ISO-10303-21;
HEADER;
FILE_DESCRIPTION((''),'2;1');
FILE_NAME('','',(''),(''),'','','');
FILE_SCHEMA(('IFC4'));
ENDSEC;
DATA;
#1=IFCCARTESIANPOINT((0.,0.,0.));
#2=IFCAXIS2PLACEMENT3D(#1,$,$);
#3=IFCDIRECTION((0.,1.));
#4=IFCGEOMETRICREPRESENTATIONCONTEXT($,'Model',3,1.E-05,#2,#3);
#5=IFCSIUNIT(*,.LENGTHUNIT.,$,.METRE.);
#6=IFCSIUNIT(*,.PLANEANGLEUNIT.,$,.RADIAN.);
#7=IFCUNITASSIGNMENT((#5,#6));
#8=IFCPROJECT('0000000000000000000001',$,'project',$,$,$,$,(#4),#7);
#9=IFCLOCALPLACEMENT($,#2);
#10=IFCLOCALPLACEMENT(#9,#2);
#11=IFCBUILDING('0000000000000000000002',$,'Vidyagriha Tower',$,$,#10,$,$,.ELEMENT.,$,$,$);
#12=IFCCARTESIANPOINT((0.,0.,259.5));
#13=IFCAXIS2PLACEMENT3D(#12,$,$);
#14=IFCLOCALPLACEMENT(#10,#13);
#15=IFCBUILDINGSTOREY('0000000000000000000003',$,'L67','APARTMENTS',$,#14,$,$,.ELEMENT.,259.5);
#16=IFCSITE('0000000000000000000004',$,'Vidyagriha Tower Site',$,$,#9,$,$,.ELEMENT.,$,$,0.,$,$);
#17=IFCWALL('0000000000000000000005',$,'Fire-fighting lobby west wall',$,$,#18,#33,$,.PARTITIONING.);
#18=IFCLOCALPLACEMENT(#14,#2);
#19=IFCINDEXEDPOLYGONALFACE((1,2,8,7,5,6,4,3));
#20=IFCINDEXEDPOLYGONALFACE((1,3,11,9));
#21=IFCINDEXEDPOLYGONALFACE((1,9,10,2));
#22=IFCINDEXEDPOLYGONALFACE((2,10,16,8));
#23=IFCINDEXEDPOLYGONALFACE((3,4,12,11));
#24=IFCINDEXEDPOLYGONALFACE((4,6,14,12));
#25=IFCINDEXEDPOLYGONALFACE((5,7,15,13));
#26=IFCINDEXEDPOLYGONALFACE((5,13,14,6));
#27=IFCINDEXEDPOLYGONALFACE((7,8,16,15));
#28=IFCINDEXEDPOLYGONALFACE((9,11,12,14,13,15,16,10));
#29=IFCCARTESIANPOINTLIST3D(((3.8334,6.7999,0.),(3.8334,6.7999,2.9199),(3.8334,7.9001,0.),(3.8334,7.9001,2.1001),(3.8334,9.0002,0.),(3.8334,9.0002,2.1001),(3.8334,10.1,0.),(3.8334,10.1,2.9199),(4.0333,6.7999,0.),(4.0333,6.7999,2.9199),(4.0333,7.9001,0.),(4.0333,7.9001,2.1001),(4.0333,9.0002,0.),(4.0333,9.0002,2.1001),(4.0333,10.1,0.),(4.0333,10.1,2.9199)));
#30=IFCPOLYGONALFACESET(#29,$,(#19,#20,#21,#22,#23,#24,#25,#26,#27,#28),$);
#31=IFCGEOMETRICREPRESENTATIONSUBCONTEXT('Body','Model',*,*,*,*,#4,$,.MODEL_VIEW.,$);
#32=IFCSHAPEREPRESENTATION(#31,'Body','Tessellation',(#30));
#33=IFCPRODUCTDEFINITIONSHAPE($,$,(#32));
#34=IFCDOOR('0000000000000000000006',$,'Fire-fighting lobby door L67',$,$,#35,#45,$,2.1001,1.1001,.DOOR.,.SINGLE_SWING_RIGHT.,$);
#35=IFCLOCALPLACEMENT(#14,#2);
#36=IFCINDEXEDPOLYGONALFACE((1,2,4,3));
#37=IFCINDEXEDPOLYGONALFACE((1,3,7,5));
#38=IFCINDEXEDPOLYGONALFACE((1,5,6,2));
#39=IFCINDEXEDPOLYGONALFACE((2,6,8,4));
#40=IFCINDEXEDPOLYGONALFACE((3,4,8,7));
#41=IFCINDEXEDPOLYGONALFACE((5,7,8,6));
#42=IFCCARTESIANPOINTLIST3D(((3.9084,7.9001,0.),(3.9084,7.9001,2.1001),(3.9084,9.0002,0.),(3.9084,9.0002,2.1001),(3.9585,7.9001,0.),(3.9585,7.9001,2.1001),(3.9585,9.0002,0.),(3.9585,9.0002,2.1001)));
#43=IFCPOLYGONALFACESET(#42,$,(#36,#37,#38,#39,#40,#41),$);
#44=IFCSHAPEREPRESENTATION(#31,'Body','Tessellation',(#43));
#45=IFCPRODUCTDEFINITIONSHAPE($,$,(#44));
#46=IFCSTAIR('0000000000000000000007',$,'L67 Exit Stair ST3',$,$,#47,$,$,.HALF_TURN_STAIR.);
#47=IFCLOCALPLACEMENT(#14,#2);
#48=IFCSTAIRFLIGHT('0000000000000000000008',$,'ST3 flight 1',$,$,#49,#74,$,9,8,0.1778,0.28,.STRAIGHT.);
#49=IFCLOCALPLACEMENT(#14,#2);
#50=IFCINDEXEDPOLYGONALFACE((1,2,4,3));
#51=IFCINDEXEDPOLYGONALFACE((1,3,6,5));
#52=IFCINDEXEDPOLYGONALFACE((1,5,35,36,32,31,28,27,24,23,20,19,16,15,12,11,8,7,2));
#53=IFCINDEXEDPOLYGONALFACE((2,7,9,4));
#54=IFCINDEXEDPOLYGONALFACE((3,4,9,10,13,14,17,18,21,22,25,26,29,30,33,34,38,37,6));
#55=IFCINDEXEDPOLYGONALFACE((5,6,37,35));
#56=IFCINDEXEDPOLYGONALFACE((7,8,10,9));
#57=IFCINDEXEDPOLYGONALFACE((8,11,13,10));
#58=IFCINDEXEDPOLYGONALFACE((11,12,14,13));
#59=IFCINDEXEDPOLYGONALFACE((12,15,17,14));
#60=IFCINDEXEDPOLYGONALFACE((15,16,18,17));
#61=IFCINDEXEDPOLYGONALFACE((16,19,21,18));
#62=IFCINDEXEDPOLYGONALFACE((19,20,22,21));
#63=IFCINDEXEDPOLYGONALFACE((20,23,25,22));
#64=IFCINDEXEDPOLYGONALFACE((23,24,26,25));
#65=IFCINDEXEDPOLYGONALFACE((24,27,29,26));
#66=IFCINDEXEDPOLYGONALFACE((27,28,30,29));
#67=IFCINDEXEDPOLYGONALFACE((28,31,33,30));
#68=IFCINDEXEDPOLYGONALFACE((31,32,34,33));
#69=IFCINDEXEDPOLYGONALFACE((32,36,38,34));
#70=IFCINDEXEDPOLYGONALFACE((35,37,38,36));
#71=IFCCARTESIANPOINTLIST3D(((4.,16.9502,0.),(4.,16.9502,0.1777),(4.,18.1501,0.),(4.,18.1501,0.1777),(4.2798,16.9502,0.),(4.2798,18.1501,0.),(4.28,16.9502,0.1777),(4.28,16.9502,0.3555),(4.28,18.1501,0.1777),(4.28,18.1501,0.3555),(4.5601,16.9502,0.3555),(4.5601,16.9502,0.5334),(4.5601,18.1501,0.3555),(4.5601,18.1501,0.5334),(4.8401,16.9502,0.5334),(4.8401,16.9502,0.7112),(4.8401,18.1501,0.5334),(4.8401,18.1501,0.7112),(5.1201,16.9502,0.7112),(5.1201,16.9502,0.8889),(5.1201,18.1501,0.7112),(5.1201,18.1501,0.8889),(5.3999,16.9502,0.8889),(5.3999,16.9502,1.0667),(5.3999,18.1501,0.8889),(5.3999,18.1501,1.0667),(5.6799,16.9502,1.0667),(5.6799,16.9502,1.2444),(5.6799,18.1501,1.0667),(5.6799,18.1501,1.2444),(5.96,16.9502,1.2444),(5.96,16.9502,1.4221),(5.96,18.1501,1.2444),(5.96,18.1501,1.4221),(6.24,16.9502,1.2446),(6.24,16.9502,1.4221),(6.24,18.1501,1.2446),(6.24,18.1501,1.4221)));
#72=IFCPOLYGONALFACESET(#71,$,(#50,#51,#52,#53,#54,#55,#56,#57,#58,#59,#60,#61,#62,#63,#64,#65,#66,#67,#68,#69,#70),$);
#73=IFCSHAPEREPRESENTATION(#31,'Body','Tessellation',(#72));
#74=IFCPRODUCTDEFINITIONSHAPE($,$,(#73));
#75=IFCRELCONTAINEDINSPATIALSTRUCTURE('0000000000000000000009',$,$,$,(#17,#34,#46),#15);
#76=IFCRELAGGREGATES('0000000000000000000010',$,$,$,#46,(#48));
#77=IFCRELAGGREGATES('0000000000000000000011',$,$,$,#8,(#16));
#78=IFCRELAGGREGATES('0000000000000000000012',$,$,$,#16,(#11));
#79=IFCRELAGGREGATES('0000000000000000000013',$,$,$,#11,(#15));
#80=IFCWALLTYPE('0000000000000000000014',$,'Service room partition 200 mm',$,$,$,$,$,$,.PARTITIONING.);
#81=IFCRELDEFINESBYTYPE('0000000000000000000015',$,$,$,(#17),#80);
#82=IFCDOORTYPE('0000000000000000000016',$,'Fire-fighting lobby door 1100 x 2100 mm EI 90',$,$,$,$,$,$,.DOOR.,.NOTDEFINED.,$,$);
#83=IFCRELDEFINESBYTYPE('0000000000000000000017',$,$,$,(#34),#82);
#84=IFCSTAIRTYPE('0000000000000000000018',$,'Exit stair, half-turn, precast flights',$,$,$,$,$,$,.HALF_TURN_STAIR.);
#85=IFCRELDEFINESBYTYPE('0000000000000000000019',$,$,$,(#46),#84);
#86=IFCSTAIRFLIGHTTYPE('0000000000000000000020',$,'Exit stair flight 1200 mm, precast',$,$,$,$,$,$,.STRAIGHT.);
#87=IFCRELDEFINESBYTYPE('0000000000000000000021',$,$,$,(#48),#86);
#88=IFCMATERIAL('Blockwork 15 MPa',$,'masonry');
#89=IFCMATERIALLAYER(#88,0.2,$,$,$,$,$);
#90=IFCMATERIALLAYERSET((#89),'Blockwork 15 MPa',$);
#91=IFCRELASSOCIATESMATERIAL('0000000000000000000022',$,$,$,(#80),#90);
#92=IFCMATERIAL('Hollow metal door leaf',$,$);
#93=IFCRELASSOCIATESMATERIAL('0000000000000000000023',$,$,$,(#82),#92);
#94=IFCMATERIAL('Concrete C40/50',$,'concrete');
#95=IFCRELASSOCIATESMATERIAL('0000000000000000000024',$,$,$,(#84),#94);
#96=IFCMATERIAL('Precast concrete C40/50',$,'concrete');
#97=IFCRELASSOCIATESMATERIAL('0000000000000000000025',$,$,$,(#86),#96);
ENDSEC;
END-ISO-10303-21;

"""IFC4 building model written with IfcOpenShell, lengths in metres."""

from ifc_helpers import new_model, si_unit, direction, frame, frame_2d, origin, place, context, subcontext, project, spatial, polyline, rectangle, outline, extrude, material, layer, layer_set, type_object, element, fill, aggregate, save


model = new_model("IFC4")

# Units and contexts
model_context = context("Model", 3, precision=1e-05, world=origin(), true_north=direction((0.0, 1.0)))
body_context = subcontext(model_context, "Body", "Model", "MODEL_VIEW")
ifc_project = project(units=[si_unit("LENGTHUNIT", "METRE"), si_unit("PLANEANGLEUNIT", "RADIAN")], contexts=[model_context])

# Site, building, storey
site_placement = place(None, origin())
site = spatial("IfcSite", under=ifc_project, at=site_placement, Name="Vidyagriha Tower Site", CompositionType="ELEMENT", RefElevation=0.0)
building_placement = place(site_placement, origin())
building = spatial("IfcBuilding", under=site, at=building_placement, Name="Vidyagriha Tower", CompositionType="ELEMENT")
storey_placement = place(building_placement, frame((0.0, 0.0, 259.5)))
storey = spatial("IfcBuildingStorey", under=building, at=storey_placement, Name="L67", Description="APARTMENTS", CompositionType="ELEMENT", Elevation=259.5)

# Wall, opening, door
ifc_material_1 = material(Name="Blockwork 15 MPa", Category="masonry")
ifc_layer_1 = layer(ifc_material_1, 0.2)
ifc_layer_set_1 = layer_set([ifc_layer_1], Name="Blockwork 15 MPa")
wall_type_1 = type_object("IfcWallType", Name="Service room partition 200 mm", PredefinedType="PARTITIONING", material=ifc_layer_set_1)
wall_1_placement = place(storey_placement, frame((3.9333, 6.8, 0.0), z_axis=(0.0, 0.0, 1.0), x_axis=(0.0, 1.0, 0.0)))
wall_1 = element("IfcWall", 1, at=wall_1_placement, inside=storey, type_object=wall_type_1, Name="Fire-fighting lobby west wall", PredefinedType="PARTITIONING", context=body_context, shape_type="SweptSolid", body=[
    extrude(rectangle(XDim=3.3, YDim=0.2, at=frame_2d((1.6499, 0.0))), origin(), (0.0, 0.0, 1.0), 2.9199),
])
opening_1_placement = place(wall_1_placement, frame((1.1001, 0.0, 0.0)))
opening_1 = element("IfcOpeningElement", 2, at=opening_1_placement, cuts=wall_1, PredefinedType="OPENING", context=body_context, shape_type="SweptSolid", body=[
    extrude(rectangle(XDim=1.1001, YDim=2.1001, at=frame_2d((0.55, 1.05))), frame((0.0, 0.1099, 0.0), z_axis=(0.0, -1.0, 0.0), x_axis=(1.0, 0.0, 0.0)), (0.0, 0.0, 1.0), 0.22),
])
ifc_material_2 = material(Name="Hollow metal door leaf")
door_type_1 = type_object("IfcDoorType", Name="Fire-fighting lobby door 1100 x 2100 mm EI 90", OperationType="NOTDEFINED", PredefinedType="DOOR", material=ifc_material_2)
door_1_placement = place(opening_1_placement, origin())
door_1 = element("IfcDoor", 3, at=door_1_placement, inside=storey, type_object=door_type_1, Name="Fire-fighting lobby door L67", OperationType="SINGLE_SWING_RIGHT", OverallHeight=2.1001, OverallWidth=1.1001, PredefinedType="DOOR", context=body_context, shape_type="SweptSolid", body=[
    extrude(rectangle(XDim=1.1001, YDim=2.1001, at=frame_2d((0.55, 1.05))), frame((0.0, 0.0249, 0.0), z_axis=(0.0, -1.0, 0.0), x_axis=(1.0, 0.0, 0.0)), (0.0, 0.0, 1.0), 0.05),
])
fill(opening_1, door_1)

# Stair, stair flight
ifc_material_3 = material(Name="Concrete C40/50", Category="concrete")
stair_type = type_object("IfcStairType", Name="Exit stair, half-turn, precast flights", PredefinedType="HALF_TURN_STAIR", material=ifc_material_3)
stair_placement = place(storey_placement, origin())
stair = element("IfcStair", 4, at=stair_placement, inside=storey, type_object=stair_type, Name="L67 Exit Stair ST3", PredefinedType="HALF_TURN_STAIR")
ifc_material_4 = material(Name="Precast concrete C40/50", Category="concrete")
stair_flight_type = type_object("IfcStairFlightType", Name="Exit stair flight 1200 mm, precast", PredefinedType="STRAIGHT", material=ifc_material_4)
stair_flight_placement = place(storey_placement, frame((4.0, 17.55, 0.0)))
stair_flight = element("IfcStairFlight", 5, at=stair_flight_placement, type_object=stair_flight_type, Name="ST3 flight 1", NumberOfRisers=9, NumberOfTreads=8, PredefinedType="STRAIGHT", RiserHeight=0.1778, TreadLength=0.28, context=body_context, shape_type="SweptSolid", body=[
    extrude(outline(polyline([(0.0, 0.0), (0.0, 0.1777), (0.28, 0.1777), (0.28, 0.3555), (0.5601, 0.3555), (0.5601, 0.5334), (0.8401, 0.5334), (0.8401, 0.7112), (1.1201, 0.7112), (1.1201, 0.8889), (1.3999, 0.8889), (1.3999, 1.0667), (1.6799, 1.0667), (1.6799, 1.2444), (1.96, 1.2444), (1.96, 1.4221), (2.24, 1.4221), (2.24, 1.6001), (2.24, 1.2446), (0.2798, 0.0), (0.0, 0.0)])), frame((0.0, 0.6001, 0.0), z_axis=(0.0, -1.0, 0.0), x_axis=(1.0, 0.0, 0.0)), (0.0, 0.0, 1.0), 1.2),
])
aggregate(stair, [stair_flight])

save(model, "model.ifc")
